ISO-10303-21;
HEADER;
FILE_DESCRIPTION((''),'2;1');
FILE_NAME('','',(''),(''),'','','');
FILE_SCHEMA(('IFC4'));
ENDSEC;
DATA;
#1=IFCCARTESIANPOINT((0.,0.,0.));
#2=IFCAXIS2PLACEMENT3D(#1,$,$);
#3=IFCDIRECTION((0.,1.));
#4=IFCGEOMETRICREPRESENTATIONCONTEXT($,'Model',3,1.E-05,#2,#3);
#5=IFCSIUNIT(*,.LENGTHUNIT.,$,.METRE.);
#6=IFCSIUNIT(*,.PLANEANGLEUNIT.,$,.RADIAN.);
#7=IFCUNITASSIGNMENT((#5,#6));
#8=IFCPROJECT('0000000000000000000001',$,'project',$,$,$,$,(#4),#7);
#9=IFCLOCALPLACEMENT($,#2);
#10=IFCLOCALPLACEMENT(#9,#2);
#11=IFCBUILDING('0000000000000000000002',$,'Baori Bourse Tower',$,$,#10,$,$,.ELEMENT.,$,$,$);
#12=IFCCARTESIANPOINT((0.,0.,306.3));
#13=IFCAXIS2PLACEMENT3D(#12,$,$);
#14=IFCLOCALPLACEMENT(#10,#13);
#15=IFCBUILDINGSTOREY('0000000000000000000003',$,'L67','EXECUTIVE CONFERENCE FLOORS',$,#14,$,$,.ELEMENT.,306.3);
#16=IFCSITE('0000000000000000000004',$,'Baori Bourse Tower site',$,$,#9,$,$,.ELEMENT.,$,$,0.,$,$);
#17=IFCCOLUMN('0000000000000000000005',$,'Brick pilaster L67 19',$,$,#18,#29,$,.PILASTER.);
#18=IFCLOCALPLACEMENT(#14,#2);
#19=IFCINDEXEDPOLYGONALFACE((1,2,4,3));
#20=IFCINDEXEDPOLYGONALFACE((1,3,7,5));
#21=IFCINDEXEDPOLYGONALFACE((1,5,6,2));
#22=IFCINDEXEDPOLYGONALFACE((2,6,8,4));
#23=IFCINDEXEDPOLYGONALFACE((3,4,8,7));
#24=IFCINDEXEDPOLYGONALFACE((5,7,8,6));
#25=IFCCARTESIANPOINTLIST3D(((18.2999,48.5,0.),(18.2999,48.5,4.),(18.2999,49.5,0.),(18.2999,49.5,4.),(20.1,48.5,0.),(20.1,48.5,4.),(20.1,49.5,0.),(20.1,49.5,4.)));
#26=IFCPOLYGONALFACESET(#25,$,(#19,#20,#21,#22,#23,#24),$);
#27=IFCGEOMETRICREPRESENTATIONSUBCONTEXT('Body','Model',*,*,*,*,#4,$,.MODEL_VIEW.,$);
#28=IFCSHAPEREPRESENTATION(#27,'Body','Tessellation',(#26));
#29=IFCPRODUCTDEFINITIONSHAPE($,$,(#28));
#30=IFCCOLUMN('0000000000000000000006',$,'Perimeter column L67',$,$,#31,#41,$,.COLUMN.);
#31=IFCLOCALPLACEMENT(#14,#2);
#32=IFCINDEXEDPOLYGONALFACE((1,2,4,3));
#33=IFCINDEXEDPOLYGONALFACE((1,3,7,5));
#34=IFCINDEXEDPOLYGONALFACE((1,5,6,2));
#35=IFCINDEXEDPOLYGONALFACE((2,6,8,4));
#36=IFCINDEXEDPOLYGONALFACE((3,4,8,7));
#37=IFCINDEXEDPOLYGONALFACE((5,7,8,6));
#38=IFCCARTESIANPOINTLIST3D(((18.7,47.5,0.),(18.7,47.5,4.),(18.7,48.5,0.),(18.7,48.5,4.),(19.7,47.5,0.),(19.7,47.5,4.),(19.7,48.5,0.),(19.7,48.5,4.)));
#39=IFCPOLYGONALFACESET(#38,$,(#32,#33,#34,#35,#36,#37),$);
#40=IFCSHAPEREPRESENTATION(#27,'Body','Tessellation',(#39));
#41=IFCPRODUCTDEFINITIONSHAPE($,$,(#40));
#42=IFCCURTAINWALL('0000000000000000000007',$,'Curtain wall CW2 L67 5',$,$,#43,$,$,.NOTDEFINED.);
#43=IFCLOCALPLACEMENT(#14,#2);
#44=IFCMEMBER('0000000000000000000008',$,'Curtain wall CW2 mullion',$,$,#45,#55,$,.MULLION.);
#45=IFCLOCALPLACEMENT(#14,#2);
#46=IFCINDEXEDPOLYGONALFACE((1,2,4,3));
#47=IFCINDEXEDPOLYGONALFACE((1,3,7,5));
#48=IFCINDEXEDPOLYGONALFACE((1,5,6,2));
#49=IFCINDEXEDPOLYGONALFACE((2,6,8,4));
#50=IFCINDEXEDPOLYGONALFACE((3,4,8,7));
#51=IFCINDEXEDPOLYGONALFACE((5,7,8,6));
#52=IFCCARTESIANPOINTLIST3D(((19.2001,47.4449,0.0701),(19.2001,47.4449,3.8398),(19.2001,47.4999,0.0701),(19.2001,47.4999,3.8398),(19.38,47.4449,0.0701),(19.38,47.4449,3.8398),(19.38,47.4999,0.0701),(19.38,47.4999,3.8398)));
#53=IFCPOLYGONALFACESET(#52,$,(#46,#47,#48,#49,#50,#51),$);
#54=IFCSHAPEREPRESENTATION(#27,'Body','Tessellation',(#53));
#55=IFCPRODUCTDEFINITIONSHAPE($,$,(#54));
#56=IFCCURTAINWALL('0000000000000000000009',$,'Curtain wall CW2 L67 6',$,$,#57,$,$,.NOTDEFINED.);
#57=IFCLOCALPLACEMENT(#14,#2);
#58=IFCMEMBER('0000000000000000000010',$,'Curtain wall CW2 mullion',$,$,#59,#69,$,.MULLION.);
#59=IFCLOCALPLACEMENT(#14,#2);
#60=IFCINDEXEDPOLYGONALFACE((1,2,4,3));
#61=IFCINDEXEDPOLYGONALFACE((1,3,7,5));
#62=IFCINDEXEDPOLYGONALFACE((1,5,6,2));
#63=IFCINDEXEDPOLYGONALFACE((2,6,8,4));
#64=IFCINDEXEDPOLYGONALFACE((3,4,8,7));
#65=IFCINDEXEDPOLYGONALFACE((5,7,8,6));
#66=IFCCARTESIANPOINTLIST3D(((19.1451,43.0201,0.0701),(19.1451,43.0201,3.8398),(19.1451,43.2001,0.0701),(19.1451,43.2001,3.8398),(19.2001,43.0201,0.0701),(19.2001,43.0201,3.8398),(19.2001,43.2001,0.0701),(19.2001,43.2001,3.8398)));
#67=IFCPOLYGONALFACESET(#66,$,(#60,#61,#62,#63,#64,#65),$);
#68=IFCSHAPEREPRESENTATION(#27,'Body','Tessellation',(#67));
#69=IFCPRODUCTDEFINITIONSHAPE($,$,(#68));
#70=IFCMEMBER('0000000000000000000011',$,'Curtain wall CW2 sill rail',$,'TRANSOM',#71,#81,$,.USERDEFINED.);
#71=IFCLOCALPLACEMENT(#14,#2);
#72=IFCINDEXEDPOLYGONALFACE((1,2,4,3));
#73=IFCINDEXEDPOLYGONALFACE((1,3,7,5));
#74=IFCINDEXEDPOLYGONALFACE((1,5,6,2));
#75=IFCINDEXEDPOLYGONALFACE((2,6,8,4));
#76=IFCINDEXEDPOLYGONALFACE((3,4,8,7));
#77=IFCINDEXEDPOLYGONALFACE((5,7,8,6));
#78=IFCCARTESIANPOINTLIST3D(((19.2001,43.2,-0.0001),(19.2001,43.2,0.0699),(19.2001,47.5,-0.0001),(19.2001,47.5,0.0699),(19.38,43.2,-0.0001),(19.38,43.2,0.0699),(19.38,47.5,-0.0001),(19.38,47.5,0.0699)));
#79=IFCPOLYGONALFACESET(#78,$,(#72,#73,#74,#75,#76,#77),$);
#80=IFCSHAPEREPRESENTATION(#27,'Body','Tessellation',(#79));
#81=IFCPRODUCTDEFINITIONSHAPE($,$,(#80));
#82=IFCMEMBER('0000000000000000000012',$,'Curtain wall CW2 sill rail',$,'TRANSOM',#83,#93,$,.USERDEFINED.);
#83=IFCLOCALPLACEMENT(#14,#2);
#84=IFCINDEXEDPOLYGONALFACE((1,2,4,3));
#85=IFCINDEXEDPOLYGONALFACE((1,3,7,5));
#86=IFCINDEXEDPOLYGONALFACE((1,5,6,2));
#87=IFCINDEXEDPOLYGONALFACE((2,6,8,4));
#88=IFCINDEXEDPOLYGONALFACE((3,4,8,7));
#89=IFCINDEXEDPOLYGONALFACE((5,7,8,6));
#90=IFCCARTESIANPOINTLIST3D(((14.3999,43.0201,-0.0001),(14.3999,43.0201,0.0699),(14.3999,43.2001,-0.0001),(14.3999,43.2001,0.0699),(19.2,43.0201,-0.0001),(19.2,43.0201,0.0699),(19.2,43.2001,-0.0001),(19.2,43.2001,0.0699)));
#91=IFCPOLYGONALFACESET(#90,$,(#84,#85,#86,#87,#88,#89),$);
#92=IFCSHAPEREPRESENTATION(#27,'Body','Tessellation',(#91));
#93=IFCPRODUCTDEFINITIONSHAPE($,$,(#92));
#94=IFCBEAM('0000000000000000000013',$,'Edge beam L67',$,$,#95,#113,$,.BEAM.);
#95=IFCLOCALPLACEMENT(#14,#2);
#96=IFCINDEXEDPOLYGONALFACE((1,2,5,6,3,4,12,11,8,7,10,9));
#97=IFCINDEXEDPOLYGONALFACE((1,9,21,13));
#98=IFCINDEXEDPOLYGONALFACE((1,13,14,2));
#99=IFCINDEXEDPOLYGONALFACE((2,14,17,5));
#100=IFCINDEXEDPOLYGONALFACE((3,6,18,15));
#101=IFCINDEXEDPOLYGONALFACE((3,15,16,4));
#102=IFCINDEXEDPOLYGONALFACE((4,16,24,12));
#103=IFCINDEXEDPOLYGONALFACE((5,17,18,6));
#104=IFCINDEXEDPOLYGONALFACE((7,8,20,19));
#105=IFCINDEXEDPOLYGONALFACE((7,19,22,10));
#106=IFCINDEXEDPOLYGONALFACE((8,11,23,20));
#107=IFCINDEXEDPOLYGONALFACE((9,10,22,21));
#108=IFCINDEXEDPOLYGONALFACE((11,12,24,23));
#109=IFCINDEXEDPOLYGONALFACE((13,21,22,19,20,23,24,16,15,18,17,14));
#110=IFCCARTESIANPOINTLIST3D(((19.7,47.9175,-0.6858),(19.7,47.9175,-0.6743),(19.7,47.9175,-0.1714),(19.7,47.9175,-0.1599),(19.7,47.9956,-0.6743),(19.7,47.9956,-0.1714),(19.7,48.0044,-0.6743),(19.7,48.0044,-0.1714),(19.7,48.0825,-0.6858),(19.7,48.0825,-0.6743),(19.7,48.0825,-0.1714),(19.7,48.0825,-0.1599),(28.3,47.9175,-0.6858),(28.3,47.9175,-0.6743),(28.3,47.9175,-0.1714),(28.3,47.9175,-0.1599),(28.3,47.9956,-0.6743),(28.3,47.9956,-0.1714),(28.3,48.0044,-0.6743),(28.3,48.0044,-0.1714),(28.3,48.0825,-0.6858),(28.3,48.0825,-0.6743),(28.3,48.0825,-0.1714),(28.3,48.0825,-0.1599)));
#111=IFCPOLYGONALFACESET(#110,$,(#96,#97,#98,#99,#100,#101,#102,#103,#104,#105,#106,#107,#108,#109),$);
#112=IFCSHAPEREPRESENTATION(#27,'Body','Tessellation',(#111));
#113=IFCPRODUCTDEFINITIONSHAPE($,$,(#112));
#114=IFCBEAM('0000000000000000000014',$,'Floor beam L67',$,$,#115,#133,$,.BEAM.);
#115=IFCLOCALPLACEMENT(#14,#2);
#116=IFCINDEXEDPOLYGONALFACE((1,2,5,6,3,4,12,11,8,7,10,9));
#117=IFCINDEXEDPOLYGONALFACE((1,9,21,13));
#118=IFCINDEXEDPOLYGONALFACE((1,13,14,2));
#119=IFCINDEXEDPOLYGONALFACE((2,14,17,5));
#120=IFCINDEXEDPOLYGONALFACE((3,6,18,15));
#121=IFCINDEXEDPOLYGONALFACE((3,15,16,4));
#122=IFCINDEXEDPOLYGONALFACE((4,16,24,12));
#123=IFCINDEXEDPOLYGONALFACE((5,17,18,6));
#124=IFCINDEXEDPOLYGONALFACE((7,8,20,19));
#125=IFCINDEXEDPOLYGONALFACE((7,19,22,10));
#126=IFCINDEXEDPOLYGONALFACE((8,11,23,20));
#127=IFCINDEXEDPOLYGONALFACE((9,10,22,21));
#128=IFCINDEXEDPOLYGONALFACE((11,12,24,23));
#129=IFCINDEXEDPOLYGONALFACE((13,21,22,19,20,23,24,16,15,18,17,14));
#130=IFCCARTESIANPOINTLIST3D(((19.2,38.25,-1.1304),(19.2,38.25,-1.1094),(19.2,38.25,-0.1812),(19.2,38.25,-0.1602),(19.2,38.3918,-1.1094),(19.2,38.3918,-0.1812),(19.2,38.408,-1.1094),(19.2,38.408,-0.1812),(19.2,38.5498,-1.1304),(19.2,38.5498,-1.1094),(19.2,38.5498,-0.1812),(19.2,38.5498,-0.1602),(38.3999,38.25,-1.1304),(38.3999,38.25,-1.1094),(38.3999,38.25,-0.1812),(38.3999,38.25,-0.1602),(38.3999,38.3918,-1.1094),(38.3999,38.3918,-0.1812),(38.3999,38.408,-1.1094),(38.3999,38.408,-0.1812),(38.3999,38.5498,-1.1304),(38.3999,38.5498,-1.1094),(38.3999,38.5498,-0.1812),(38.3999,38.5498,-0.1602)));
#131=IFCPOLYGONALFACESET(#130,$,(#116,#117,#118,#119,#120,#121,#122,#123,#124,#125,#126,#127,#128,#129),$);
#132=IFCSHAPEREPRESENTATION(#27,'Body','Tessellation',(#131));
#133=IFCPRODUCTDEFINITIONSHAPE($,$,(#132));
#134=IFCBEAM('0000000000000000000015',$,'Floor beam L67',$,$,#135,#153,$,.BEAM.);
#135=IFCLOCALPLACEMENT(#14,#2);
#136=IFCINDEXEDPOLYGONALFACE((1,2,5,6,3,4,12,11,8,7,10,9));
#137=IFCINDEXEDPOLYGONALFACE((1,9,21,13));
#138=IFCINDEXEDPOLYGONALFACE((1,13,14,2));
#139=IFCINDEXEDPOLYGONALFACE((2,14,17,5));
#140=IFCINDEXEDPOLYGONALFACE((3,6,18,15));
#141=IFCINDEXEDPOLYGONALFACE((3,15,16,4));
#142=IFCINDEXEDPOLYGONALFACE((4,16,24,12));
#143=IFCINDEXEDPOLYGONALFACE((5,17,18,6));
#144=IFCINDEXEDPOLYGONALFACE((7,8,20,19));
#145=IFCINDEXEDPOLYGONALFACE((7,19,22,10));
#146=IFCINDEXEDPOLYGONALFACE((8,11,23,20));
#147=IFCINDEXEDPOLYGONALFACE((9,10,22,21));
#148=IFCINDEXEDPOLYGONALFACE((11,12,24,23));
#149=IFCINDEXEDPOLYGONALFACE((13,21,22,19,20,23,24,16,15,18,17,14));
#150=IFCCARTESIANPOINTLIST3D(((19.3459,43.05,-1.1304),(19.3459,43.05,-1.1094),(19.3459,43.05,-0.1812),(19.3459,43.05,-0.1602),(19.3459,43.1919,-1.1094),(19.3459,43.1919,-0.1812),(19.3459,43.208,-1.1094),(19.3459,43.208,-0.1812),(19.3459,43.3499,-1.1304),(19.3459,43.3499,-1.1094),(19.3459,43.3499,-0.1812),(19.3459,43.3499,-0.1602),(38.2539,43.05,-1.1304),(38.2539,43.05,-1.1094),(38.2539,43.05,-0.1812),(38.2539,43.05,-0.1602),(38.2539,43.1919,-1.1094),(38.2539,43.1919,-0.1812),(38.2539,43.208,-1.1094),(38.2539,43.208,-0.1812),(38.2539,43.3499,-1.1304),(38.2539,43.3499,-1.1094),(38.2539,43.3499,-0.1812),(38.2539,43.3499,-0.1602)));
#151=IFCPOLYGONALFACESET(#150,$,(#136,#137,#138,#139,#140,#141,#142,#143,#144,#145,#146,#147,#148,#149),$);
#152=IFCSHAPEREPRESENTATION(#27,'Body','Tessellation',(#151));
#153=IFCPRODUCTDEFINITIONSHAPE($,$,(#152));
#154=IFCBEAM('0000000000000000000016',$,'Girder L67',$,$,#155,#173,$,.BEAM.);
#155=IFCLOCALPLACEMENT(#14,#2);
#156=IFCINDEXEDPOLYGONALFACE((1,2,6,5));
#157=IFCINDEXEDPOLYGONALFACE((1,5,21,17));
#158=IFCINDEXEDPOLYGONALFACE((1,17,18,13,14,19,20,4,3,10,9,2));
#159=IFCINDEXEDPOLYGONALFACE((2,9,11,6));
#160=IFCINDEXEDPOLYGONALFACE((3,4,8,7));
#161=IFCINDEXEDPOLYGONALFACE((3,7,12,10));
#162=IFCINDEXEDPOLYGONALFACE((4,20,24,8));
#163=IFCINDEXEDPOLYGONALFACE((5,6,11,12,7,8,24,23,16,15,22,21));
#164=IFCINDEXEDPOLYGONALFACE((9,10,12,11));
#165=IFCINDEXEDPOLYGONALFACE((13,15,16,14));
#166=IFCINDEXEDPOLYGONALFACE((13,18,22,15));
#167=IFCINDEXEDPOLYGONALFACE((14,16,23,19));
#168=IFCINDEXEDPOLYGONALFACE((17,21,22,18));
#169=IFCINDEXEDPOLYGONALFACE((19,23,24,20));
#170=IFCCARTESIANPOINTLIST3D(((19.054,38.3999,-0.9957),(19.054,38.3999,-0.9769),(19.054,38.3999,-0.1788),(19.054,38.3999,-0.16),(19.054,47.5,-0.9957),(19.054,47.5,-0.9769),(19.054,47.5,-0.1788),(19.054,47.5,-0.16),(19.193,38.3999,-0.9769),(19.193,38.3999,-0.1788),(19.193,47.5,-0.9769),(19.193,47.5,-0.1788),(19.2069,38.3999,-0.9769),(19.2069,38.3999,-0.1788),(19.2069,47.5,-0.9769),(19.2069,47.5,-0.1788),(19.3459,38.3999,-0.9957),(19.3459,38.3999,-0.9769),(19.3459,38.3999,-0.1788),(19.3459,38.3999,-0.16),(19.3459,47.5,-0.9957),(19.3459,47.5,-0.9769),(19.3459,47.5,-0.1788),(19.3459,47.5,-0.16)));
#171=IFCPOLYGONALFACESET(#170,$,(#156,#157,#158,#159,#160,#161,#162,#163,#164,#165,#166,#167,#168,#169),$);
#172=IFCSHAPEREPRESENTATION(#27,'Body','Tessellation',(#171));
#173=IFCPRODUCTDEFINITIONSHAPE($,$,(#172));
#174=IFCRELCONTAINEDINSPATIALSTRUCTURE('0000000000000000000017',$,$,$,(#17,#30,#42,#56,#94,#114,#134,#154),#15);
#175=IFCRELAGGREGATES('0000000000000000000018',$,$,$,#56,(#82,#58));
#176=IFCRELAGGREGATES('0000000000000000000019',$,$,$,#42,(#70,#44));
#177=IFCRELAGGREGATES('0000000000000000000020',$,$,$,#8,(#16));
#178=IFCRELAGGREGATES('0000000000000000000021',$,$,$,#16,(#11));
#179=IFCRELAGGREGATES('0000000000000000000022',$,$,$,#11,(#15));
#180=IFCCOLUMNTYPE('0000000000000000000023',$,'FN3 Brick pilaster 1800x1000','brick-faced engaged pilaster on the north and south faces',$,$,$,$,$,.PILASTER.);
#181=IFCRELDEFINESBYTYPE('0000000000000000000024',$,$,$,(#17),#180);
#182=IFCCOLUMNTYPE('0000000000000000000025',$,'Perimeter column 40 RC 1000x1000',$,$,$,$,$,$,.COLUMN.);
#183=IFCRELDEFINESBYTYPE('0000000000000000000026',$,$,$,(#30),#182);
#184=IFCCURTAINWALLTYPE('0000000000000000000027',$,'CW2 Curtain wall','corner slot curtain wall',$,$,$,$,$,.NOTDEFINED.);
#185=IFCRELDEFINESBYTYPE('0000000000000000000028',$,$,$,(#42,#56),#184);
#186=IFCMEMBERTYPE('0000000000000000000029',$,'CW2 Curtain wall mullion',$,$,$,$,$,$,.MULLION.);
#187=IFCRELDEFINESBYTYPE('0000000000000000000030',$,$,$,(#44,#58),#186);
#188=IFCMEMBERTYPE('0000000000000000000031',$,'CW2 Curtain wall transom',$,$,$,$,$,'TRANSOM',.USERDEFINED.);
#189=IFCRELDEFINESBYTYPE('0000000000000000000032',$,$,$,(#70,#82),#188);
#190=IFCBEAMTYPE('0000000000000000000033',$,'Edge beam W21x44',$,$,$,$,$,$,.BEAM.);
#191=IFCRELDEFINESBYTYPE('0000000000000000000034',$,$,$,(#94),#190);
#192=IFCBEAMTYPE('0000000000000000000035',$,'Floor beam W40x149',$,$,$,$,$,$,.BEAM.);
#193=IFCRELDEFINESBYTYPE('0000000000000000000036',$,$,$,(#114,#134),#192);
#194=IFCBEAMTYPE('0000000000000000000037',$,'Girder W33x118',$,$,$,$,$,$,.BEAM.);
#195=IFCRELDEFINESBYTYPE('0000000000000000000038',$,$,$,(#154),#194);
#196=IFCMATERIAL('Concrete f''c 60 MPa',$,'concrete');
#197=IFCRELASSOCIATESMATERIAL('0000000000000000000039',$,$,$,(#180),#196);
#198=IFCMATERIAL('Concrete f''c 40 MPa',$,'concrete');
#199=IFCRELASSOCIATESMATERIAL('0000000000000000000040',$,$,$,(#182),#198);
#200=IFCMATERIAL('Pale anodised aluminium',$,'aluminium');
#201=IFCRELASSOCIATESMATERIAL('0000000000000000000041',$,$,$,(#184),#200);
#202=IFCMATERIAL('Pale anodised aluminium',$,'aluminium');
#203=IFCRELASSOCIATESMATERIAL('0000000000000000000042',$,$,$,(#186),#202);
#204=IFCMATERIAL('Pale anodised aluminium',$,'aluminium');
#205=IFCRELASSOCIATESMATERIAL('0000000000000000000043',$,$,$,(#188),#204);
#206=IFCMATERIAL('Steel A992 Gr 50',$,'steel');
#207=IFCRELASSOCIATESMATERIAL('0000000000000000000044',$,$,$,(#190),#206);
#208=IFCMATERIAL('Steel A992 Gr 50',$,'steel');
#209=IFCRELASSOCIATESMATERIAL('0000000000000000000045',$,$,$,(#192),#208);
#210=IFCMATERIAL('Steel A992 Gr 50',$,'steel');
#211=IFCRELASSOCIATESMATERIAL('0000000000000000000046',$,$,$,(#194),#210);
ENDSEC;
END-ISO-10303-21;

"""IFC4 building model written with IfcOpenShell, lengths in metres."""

from ifc_helpers import new_model, si_unit, direction, frame, origin, origin_2d, place, context, subcontext, project, spatial, rectangle, i_section, extrude, material, material_profile, profile_set, type_object, element, aggregate, save


model = new_model("IFC4")

# Units and contexts
model_context = context("Model", 3, precision=1e-05, world=origin(), true_north=direction((0.0, 1.0)))
body_context = subcontext(model_context, "Body", "Model", "MODEL_VIEW")
ifc_project = project(units=[si_unit("LENGTHUNIT", "METRE"), si_unit("PLANEANGLEUNIT", "RADIAN")], contexts=[model_context])

# Site, building, storey
site_placement = place(None, origin())
site = spatial("IfcSite", under=ifc_project, at=site_placement, Name="Baori Bourse Tower site", CompositionType="ELEMENT", RefElevation=0.0)
building_placement = place(site_placement, origin())
building = spatial("IfcBuilding", under=site, at=building_placement, Name="Baori Bourse Tower", CompositionType="ELEMENT")
storey_placement = place(building_placement, frame((0.0, 0.0, 306.3)))
storey = spatial("IfcBuildingStorey", under=building, at=storey_placement, Name="L67", Description="EXECUTIVE CONFERENCE FLOORS", CompositionType="ELEMENT", Elevation=306.3)

# Columns
ifc_material_1 = material(Name="Concrete f'c 60 MPa", Category="concrete")
ifc_material_profile_1 = material_profile(ifc_material_1, rectangle(XDim=1.8, YDim=1.0, at=origin_2d()), Name="RC 1800x1000")
ifc_profile_set_1 = profile_set([ifc_material_profile_1], Name="Concrete f'c 60 MPa")
column_type_1 = type_object("IfcColumnType", Name="FN3 Brick pilaster 1800x1000", Description="brick-faced engaged pilaster on the north and south faces", PredefinedType="PILASTER", material=ifc_profile_set_1)
column_1_placement = place(storey_placement, frame((19.2, 49.0, 0.0), z_axis=(0.0, 0.0, 1.0), x_axis=(1.0, 0.0, 0.0)))
element("IfcColumn", 1, at=column_1_placement, inside=storey, type_object=column_type_1, Name="Brick pilaster L67 19", PredefinedType="PILASTER", context=body_context, shape_type="SweptSolid", body=[
    extrude(rectangle(XDim=1.8, YDim=1.0, at=origin_2d()), origin(), (0.0, 0.0, 1.0), 4.0),
])
ifc_material_2 = material(Name="Concrete f'c 40 MPa", Category="concrete")
ifc_material_profile_2 = material_profile(ifc_material_2, rectangle(XDim=1.0, YDim=1.0, at=origin_2d()), Name="RC 1000x1000")
ifc_profile_set_2 = profile_set([ifc_material_profile_2], Name="Concrete f'c 40 MPa")
column_type_2 = type_object("IfcColumnType", Name="Perimeter column 40 RC 1000x1000", PredefinedType="COLUMN", material=ifc_profile_set_2)
column_2_placement = place(storey_placement, frame((19.2, 48.0, 0.0), z_axis=(0.0, 0.0, 1.0), x_axis=(1.0, 0.0, 0.0)))
element("IfcColumn", 2, at=column_2_placement, inside=storey, type_object=column_type_2, Name="Perimeter column L67", PredefinedType="COLUMN", context=body_context, shape_type="SweptSolid", body=[
    extrude(rectangle(XDim=1.0, YDim=1.0, at=origin_2d()), origin(), (0.0, 0.0, 1.0), 4.0),
])

# Curtain walls, members
ifc_material_3 = material(Name="Pale anodised aluminium", Category="aluminium")
curtain_wall_type = type_object("IfcCurtainWallType", Name="CW2 Curtain wall", Description="corner slot curtain wall", PredefinedType="NOTDEFINED", material=ifc_material_3)
curtain_wall_1_placement = place(storey_placement, origin())
curtain_wall_1 = element("IfcCurtainWall", 3, at=curtain_wall_1_placement, inside=storey, type_object=curtain_wall_type, Name="Curtain wall CW2 L67 5", PredefinedType="NOTDEFINED")
ifc_material_4 = material(Name="Pale anodised aluminium", Category="aluminium")
ifc_material_profile_3 = material_profile(ifc_material_4, rectangle(XDim=0.1799, YDim=0.0549, at=origin_2d()), Name="Mullion 55x180")
ifc_profile_set_3 = profile_set([ifc_material_profile_3], Name="Pale anodised aluminium")
member_type_1 = type_object("IfcMemberType", Name="CW2 Curtain wall mullion", PredefinedType="MULLION", material=ifc_profile_set_3)
member_1_placement = place(storey_placement, frame((19.29, 47.4724, 0.0701), z_axis=(0.0, 0.0, 1.0), x_axis=(1.0, 0.0, 0.0)))
member_1 = element("IfcMember", 4, at=member_1_placement, type_object=member_type_1, Name="Curtain wall CW2 mullion", PredefinedType="MULLION", context=body_context, shape_type="SweptSolid", body=[
    extrude(rectangle(XDim=0.1799, YDim=0.0549, at=origin_2d()), origin(), (0.0, 0.0, 1.0), 3.7698),
])
curtain_wall_2_placement = place(storey_placement, origin())
curtain_wall_2 = element("IfcCurtainWall", 5, at=curtain_wall_2_placement, inside=storey, type_object=curtain_wall_type, Name="Curtain wall CW2 L67 6", PredefinedType="NOTDEFINED")
member_2_placement = place(storey_placement, frame((19.1726, 43.1101, 0.0701), z_axis=(0.0, 0.0, 1.0), x_axis=(0.0, -1.0, 0.0)))
member_2 = element("IfcMember", 6, at=member_2_placement, type_object=member_type_1, Name="Curtain wall CW2 mullion", PredefinedType="MULLION", context=body_context, shape_type="SweptSolid", body=[
    extrude(rectangle(XDim=0.1799, YDim=0.0549, at=origin_2d()), origin(), (0.0, 0.0, 1.0), 3.7698),
])

# Members
ifc_material_5 = material(Name="Pale anodised aluminium", Category="aluminium")
ifc_material_profile_4 = material_profile(ifc_material_5, rectangle(XDim=0.1799, YDim=0.0701, at=origin_2d()), Name="Transom 70x180")
ifc_profile_set_4 = profile_set([ifc_material_profile_4], Name="Pale anodised aluminium")
member_type_2 = type_object("IfcMemberType", Name="CW2 Curtain wall transom", ElementType="TRANSOM", PredefinedType="USERDEFINED", material=ifc_profile_set_4)
member_3_placement = place(storey_placement, frame((19.29, 47.5, 0.0349), z_axis=(0.0, -1.0, 0.0), x_axis=(1.0, 0.0, 0.0)))
member_3 = element("IfcMember", 7, at=member_3_placement, type_object=member_type_2, Name="Curtain wall CW2 sill rail", ObjectType="TRANSOM", PredefinedType="USERDEFINED", context=body_context, shape_type="SweptSolid", body=[
    extrude(rectangle(XDim=0.1799, YDim=0.0701, at=origin_2d()), origin(), (0.0, 0.0, 1.0), 4.3),
])
member_4_placement = place(storey_placement, frame((19.2, 43.1101, 0.0349), z_axis=(-1.0, 0.0, 0.0), x_axis=(0.0, -1.0, 0.0)))
member_4 = element("IfcMember", 8, at=member_4_placement, type_object=member_type_2, Name="Curtain wall CW2 sill rail", ObjectType="TRANSOM", PredefinedType="USERDEFINED", context=body_context, shape_type="SweptSolid", body=[
    extrude(rectangle(XDim=0.1799, YDim=0.0701, at=origin_2d()), origin(), (0.0, 0.0, 1.0), 4.8),
])
aggregate(curtain_wall_2, [member_4, member_2])

# Beams
ifc_material_6 = material(Name="Steel A992 Gr 50", Category="steel")
ifc_material_profile_5 = material_profile(ifc_material_6, i_section(OverallWidth=0.165, OverallDepth=0.5259, WebThickness=0.0088, FlangeThickness=0.0115, at=origin_2d()), Name="W21x44")
ifc_profile_set_5 = profile_set([ifc_material_profile_5], Name="Steel A992 Gr 50")
beam_type_1 = type_object("IfcBeamType", Name="Edge beam W21x44", PredefinedType="BEAM", material=ifc_profile_set_5)
beam_1_placement = place(storey_placement, frame((19.7, 48.0, -0.4229), z_axis=(1.0, 0.0, 0.0), x_axis=(0.0, 1.0, 0.0)))
element("IfcBeam", 9, at=beam_1_placement, inside=storey, type_object=beam_type_1, Name="Edge beam L67", PredefinedType="BEAM", context=body_context, shape_type="SweptSolid", body=[
    extrude(i_section(OverallWidth=0.165, OverallDepth=0.5259, WebThickness=0.0088, FlangeThickness=0.0115, at=origin_2d()), origin(), (0.0, 0.0, 1.0), 8.6001),
])
ifc_material_7 = material(Name="Steel A992 Gr 50", Category="steel")
ifc_material_profile_6 = material_profile(ifc_material_7, i_section(OverallWidth=0.2998, OverallDepth=0.9702, WebThickness=0.0161, FlangeThickness=0.021, at=origin_2d()), Name="W40x149")
ifc_profile_set_6 = profile_set([ifc_material_profile_6], Name="Steel A992 Gr 50")
beam_type_2 = type_object("IfcBeamType", Name="Floor beam W40x149", PredefinedType="BEAM", material=ifc_profile_set_6)
beam_2_placement = place(storey_placement, frame((19.2, 38.3999, -0.6453), z_axis=(1.0, 0.0, 0.0), x_axis=(0.0, 1.0, 0.0)))
element("IfcBeam", 10, at=beam_2_placement, inside=storey, type_object=beam_type_2, Name="Floor beam L67", PredefinedType="BEAM", context=body_context, shape_type="SweptSolid", body=[
    extrude(i_section(OverallWidth=0.2998, OverallDepth=0.9702, WebThickness=0.0161, FlangeThickness=0.021, at=origin_2d()), origin(), (0.0, 0.0, 1.0), 19.2),
])
beam_3_placement = place(storey_placement, frame((19.3459, 43.2, -0.6453), z_axis=(1.0, 0.0, 0.0), x_axis=(0.0, 1.0, 0.0)))
element("IfcBeam", 11, at=beam_3_placement, inside=storey, type_object=beam_type_2, Name="Floor beam L67", PredefinedType="BEAM", context=body_context, shape_type="SweptSolid", body=[
    extrude(i_section(OverallWidth=0.2998, OverallDepth=0.9702, WebThickness=0.0161, FlangeThickness=0.021, at=origin_2d()), origin(), (0.0, 0.0, 1.0), 18.908),
])
ifc_material_8 = material(Name="Steel A992 Gr 50", Category="steel")
ifc_material_profile_7 = material_profile(ifc_material_8, i_section(OverallWidth=0.292, OverallDepth=0.8357, WebThickness=0.0139, FlangeThickness=0.0188, at=origin_2d()), Name="W33x118")
ifc_profile_set_7 = profile_set([ifc_material_profile_7], Name="Steel A992 Gr 50")
beam_type_3 = type_object("IfcBeamType", Name="Girder W33x118", PredefinedType="BEAM", material=ifc_profile_set_7)
beam_4_placement = place(storey_placement, frame((19.2, 38.3999, -0.5779), z_axis=(0.0, 1.0, 0.0), x_axis=(-1.0, 0.0, 0.0)))
element("IfcBeam", 12, at=beam_4_placement, inside=storey, type_object=beam_type_3, Name="Girder L67", PredefinedType="BEAM", context=body_context, shape_type="SweptSolid", body=[
    extrude(i_section(OverallWidth=0.292, OverallDepth=0.8357, WebThickness=0.0139, FlangeThickness=0.0188, at=origin_2d()), origin(), (0.0, 0.0, 1.0), 9.1001),
])

aggregate(curtain_wall_1, [member_3, member_1])

save(model, "model.ifc")
